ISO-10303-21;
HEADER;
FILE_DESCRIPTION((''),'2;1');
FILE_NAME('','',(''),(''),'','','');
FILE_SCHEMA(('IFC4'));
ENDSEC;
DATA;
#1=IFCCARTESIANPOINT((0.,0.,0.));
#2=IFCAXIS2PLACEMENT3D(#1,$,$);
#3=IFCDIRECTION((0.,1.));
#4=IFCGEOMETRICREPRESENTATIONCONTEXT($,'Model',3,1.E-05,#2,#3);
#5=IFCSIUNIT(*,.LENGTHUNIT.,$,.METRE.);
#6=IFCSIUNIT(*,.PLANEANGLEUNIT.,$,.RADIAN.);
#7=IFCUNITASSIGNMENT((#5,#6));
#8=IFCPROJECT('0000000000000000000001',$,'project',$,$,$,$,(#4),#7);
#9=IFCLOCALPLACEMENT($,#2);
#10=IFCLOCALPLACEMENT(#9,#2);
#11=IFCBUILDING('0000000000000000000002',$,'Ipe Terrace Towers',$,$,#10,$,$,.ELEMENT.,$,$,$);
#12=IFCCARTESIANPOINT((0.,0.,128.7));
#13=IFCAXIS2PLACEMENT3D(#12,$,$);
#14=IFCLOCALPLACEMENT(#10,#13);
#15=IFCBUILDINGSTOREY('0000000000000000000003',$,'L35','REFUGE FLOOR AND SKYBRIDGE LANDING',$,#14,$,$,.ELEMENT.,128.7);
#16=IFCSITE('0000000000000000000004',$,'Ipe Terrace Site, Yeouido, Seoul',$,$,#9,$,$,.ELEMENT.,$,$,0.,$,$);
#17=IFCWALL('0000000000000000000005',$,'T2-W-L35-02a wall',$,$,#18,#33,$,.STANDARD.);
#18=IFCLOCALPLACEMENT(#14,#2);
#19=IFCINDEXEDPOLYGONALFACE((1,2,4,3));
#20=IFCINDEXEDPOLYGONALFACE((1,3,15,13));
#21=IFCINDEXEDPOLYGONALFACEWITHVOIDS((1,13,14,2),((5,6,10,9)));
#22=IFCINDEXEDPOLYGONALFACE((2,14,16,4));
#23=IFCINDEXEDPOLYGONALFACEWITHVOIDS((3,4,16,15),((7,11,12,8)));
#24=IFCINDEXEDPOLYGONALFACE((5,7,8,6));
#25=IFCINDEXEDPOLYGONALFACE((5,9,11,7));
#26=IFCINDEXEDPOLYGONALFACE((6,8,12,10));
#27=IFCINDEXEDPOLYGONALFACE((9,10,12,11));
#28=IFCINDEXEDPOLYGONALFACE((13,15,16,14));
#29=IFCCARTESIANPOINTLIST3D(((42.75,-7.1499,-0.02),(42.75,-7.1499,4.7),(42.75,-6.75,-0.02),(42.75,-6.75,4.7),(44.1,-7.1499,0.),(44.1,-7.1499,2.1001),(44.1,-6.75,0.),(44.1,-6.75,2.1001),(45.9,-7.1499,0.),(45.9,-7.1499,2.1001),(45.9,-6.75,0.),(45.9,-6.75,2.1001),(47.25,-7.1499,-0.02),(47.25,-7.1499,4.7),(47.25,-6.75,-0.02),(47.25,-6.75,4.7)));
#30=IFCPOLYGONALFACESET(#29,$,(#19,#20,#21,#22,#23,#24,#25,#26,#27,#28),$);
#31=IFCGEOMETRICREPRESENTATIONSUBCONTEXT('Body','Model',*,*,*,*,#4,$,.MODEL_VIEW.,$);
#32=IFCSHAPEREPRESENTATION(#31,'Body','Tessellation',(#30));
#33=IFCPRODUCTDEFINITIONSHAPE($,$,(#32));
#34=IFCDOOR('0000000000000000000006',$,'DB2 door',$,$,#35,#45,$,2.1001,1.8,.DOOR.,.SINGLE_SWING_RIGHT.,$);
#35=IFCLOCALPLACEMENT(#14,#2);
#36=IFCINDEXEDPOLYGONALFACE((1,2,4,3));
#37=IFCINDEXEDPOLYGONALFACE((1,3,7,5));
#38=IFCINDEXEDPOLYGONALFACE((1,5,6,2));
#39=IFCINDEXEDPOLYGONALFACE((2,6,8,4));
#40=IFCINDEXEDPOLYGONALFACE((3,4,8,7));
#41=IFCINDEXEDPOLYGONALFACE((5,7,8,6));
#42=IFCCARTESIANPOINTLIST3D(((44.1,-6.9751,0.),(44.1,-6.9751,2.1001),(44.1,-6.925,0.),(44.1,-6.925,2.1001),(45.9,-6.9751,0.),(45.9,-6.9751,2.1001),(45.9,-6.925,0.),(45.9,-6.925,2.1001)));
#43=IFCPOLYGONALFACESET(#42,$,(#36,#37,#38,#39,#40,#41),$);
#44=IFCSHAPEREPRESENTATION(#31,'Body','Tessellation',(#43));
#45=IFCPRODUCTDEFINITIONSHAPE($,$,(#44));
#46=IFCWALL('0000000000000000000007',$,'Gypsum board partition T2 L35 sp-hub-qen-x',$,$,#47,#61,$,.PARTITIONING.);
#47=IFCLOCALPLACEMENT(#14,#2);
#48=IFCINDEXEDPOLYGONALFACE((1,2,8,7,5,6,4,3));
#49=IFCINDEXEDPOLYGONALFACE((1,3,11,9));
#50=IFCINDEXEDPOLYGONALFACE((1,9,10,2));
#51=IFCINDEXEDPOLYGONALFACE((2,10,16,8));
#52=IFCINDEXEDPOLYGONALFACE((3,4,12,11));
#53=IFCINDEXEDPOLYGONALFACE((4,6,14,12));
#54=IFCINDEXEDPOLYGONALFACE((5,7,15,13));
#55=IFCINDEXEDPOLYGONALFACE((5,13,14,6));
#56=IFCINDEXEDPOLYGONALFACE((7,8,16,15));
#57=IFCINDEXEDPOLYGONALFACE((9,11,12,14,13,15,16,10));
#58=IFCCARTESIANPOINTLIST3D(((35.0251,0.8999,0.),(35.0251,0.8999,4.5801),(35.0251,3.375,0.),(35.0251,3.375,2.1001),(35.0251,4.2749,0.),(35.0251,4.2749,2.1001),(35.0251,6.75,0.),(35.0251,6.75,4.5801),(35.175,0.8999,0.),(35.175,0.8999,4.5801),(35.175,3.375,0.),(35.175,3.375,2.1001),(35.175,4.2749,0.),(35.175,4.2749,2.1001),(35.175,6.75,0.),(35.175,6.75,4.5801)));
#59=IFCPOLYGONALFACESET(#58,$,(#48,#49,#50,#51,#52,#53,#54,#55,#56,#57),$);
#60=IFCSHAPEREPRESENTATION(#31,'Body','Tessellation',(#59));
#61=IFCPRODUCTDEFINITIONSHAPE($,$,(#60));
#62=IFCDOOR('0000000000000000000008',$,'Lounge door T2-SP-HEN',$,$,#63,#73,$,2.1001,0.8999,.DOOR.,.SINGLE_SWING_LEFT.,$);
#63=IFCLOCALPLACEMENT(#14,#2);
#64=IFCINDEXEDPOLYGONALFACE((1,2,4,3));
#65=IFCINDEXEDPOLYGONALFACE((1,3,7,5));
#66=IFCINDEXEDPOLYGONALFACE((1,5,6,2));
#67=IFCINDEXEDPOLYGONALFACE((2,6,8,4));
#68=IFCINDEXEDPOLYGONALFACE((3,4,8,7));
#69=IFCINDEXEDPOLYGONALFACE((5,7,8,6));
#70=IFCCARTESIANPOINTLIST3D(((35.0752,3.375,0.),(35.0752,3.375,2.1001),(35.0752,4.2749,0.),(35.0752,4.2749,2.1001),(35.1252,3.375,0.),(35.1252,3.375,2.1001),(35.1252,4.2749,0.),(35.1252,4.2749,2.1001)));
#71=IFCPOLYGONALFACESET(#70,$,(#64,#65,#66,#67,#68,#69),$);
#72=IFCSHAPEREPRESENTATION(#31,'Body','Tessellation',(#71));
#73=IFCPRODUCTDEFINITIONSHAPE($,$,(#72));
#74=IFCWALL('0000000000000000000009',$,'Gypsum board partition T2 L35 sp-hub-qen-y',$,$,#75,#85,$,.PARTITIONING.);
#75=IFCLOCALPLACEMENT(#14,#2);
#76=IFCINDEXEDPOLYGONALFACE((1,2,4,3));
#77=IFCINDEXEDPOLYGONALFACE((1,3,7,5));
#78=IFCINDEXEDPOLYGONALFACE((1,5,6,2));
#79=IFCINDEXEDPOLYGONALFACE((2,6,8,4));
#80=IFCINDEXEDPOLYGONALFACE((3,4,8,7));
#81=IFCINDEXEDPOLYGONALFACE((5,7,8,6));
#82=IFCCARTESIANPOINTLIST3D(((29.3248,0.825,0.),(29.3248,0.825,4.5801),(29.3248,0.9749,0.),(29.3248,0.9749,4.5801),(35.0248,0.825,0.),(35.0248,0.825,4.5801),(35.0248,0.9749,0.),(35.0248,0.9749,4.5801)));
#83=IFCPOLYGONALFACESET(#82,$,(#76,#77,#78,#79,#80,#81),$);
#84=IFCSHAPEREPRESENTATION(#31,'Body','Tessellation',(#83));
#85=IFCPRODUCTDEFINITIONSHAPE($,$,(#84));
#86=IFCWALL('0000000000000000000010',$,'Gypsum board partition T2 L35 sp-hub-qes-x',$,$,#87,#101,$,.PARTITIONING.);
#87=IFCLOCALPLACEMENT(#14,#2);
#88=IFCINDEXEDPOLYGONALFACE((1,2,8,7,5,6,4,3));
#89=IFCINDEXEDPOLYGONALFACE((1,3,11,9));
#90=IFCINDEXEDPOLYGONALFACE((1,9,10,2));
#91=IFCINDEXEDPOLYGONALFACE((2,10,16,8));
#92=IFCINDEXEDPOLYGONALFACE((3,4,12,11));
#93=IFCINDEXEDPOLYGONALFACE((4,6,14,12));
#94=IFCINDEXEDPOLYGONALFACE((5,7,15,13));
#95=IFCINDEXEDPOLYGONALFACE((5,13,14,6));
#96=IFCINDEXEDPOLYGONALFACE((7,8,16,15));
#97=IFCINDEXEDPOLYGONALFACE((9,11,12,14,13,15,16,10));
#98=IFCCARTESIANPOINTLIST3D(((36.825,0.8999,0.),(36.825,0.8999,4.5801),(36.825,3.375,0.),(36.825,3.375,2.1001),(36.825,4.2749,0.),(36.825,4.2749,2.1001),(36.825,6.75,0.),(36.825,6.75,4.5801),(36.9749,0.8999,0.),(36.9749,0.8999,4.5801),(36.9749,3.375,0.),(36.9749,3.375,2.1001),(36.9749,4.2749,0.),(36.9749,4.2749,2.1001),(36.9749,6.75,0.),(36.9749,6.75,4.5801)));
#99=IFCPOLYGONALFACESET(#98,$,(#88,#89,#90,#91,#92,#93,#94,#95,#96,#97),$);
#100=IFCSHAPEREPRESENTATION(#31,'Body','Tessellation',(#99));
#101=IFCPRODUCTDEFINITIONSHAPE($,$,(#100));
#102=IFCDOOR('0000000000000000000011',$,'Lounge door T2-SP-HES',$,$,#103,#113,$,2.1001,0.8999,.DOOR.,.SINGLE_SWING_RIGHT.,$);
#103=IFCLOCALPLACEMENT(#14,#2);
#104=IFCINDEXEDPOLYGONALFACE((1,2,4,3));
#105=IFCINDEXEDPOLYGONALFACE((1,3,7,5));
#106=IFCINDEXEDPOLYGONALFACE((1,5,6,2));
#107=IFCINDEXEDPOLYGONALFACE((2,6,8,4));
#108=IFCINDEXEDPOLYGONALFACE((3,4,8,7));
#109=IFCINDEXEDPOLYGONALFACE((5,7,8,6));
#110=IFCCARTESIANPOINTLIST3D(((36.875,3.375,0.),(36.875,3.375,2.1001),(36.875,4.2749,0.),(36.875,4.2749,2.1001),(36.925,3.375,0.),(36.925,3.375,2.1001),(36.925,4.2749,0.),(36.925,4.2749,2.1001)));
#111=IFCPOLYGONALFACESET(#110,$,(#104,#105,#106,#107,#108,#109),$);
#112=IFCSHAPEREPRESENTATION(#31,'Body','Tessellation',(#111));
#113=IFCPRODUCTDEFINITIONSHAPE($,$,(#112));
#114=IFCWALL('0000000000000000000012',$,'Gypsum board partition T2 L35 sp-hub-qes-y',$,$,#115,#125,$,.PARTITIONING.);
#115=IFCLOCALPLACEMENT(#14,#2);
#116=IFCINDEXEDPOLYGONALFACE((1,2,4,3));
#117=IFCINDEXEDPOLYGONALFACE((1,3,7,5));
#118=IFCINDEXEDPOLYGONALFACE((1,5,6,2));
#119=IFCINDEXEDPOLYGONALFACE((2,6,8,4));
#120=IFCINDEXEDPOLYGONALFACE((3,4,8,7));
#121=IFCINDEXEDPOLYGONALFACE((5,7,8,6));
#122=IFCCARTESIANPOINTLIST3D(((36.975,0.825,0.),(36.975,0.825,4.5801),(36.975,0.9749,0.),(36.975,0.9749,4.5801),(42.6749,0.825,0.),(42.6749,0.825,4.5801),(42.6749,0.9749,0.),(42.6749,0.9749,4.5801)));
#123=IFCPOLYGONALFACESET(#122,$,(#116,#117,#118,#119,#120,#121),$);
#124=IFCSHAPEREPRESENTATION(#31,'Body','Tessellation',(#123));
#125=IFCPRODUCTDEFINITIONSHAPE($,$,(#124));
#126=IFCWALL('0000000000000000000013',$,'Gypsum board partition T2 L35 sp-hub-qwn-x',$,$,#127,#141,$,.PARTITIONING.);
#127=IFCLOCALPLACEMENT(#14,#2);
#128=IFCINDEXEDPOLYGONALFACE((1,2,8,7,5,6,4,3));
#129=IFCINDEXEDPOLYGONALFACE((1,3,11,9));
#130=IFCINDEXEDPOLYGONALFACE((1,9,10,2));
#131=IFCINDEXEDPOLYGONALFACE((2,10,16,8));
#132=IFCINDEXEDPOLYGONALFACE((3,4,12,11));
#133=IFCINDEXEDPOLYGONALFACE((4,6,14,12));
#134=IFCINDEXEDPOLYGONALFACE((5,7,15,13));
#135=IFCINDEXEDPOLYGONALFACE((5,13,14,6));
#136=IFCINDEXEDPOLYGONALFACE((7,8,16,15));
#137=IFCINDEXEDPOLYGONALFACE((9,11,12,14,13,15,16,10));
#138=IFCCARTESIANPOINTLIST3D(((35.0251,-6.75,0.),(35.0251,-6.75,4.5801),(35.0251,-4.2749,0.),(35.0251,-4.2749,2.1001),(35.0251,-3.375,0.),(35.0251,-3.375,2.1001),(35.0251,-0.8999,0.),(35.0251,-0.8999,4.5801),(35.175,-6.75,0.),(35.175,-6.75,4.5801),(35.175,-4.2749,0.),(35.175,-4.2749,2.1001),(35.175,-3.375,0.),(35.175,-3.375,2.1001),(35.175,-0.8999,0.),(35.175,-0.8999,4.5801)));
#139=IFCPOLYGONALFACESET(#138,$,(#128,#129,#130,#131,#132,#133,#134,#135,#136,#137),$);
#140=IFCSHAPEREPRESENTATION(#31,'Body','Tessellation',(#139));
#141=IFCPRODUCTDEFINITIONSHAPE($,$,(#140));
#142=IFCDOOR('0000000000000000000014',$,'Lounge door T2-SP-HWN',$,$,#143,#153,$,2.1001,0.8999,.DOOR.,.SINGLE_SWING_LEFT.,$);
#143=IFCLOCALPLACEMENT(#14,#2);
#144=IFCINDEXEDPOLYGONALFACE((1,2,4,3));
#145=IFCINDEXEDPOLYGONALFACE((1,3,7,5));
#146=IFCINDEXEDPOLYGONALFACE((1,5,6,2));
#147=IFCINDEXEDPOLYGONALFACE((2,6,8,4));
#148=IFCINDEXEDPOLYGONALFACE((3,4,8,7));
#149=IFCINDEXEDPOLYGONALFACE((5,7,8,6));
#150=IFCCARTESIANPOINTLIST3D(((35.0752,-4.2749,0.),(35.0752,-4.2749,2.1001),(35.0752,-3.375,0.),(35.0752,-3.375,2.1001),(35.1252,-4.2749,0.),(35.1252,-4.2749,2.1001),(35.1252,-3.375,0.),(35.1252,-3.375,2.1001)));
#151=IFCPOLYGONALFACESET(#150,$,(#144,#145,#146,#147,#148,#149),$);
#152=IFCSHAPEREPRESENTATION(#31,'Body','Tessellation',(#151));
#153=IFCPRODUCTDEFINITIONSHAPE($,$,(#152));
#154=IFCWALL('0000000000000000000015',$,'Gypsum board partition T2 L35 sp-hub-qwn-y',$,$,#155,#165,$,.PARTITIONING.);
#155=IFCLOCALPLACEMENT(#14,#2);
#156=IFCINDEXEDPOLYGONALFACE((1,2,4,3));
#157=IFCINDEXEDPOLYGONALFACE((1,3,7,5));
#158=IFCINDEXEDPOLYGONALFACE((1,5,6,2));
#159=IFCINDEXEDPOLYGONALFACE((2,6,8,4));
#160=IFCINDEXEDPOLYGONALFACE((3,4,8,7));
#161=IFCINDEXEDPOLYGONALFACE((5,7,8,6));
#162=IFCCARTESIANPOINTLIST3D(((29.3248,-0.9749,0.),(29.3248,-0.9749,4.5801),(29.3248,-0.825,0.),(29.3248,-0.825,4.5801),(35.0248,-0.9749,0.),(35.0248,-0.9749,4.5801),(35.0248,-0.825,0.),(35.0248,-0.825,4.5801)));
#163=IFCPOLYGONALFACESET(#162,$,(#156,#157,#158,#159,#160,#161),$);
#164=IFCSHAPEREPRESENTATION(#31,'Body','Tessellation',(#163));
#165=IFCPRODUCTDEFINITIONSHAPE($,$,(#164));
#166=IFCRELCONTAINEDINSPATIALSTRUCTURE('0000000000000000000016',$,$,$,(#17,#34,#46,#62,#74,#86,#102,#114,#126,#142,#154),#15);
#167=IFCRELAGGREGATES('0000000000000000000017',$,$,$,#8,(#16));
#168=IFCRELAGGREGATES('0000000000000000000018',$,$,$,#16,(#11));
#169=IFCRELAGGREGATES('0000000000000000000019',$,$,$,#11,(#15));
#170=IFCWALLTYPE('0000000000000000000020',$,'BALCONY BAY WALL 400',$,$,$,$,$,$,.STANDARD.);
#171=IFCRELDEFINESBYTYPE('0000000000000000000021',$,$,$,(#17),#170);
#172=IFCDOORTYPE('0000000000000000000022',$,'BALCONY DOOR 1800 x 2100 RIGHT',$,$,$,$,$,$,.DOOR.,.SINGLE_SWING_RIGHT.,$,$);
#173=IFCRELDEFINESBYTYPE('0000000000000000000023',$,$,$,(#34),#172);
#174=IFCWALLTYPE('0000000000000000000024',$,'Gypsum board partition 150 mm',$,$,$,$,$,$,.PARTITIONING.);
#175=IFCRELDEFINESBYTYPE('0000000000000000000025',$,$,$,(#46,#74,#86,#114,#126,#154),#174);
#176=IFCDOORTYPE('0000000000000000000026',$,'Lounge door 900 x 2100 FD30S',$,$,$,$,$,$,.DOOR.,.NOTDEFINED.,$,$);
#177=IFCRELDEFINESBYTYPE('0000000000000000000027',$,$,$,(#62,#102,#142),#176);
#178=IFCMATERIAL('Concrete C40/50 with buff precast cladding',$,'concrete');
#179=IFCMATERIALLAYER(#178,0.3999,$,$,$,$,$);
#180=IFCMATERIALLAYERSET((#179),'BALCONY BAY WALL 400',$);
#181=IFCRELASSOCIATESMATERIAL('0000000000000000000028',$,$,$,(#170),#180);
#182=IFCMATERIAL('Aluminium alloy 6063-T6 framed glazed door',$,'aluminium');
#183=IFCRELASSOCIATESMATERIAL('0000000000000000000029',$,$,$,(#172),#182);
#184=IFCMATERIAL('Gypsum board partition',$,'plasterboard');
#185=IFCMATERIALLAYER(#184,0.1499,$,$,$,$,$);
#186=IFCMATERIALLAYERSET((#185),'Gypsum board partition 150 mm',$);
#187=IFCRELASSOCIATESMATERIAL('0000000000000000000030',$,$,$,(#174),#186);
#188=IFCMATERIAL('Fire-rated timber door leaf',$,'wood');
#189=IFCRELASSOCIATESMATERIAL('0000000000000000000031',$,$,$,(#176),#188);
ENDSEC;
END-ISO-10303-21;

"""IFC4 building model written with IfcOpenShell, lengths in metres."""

from ifc_helpers import new_model, si_unit, direction, frame, frame_2d, origin, place, context, subcontext, project, spatial, rectangle, extrude, material, layer, layer_set, type_object, element, fill, save


model = new_model("IFC4")

# Units and contexts
model_context = context("Model", 3, precision=1e-05, world=origin(), true_north=direction((0.0, 1.0)))
body_context = subcontext(model_context, "Body", "Model", "MODEL_VIEW")
ifc_project = project(units=[si_unit("LENGTHUNIT", "METRE"), si_unit("PLANEANGLEUNIT", "RADIAN")], contexts=[model_context])

# Site, building, storey
site_placement = place(None, origin())
site = spatial("IfcSite", under=ifc_project, at=site_placement, Name="Ipe Terrace Site, Yeouido, Seoul", CompositionType="ELEMENT", RefElevation=0.0)
building_placement = place(site_placement, origin())
building = spatial("IfcBuilding", under=site, at=building_placement, Name="Ipe Terrace Towers", CompositionType="ELEMENT")
storey_placement = place(building_placement, frame((0.0, 0.0, 128.7)))
storey = spatial("IfcBuildingStorey", under=building, at=storey_placement, Name="L35", Description="REFUGE FLOOR AND SKYBRIDGE LANDING", CompositionType="ELEMENT", Elevation=128.7)

# Walls, openings, doors
ifc_material_1 = material(Name="Concrete C40/50 with buff precast cladding", Category="concrete")
ifc_layer_1 = layer(ifc_material_1, 0.3999)
ifc_layer_set_1 = layer_set([ifc_layer_1], Name="BALCONY BAY WALL 400")
wall_type_1 = type_object("IfcWallType", Name="BALCONY BAY WALL 400", PredefinedType="STANDARD", material=ifc_layer_set_1)
wall_1_placement = place(storey_placement, frame((42.75, -6.95, -0.02), z_axis=(0.0, 0.0, 1.0), x_axis=(1.0, 0.0, 0.0)))
wall_1 = element("IfcWall", 1, at=wall_1_placement, inside=storey, type_object=wall_type_1, Name="T2-W-L35-02a wall", PredefinedType="STANDARD", context=body_context, shape_type="SweptSolid", body=[
    extrude(rectangle(XDim=4.5, YDim=0.3999, at=frame_2d((2.25, 0.0))), origin(), (0.0, 0.0, 1.0), 4.72),
])
opening_1_placement = place(wall_1_placement, frame((1.3501, 0.0, 0.02)))
opening_1 = element("IfcOpeningElement", 2, at=opening_1_placement, cuts=wall_1, PredefinedType="OPENING", context=body_context, shape_type="SweptSolid", body=[
    extrude(rectangle(XDim=1.8, YDim=2.1001, at=frame_2d((0.8999, 1.05))), frame((0.0, 0.21, 0.0), z_axis=(0.0, -1.0, 0.0), x_axis=(1.0, 0.0, 0.0)), (0.0, 0.0, 1.0), 0.4199),
])
ifc_material_2 = material(Name="Aluminium alloy 6063-T6 framed glazed door", Category="aluminium")
door_type_1 = type_object("IfcDoorType", Name="BALCONY DOOR 1800 x 2100 RIGHT", OperationType="SINGLE_SWING_RIGHT", PredefinedType="DOOR", material=ifc_material_2)
door_1_placement = place(opening_1_placement, origin())
door_1 = element("IfcDoor", 3, at=door_1_placement, inside=storey, type_object=door_type_1, Name="DB2 door", OperationType="SINGLE_SWING_RIGHT", OverallHeight=2.1001, OverallWidth=1.8, PredefinedType="DOOR", context=body_context, shape_type="SweptSolid", body=[
    extrude(rectangle(XDim=1.8, YDim=2.1001, at=frame_2d((0.8999, 1.05))), frame((0.0, 0.0249, 0.0), z_axis=(0.0, -1.0, 0.0), x_axis=(1.0, 0.0, 0.0)), (0.0, 0.0, 1.0), 0.05),
])
fill(opening_1, door_1)
ifc_material_3 = material(Name="Gypsum board partition", Category="plasterboard")
ifc_layer_2 = layer(ifc_material_3, 0.1499)
ifc_layer_set_2 = layer_set([ifc_layer_2], Name="Gypsum board partition 150 mm")
wall_type_2 = type_object("IfcWallType", Name="Gypsum board partition 150 mm", PredefinedType="PARTITIONING", material=ifc_layer_set_2)
wall_2_placement = place(storey_placement, frame((35.1001, 0.8999, 0.0), z_axis=(0.0, 0.0, 1.0), x_axis=(0.0, 1.0, 0.0)))
wall_2 = element("IfcWall", 4, at=wall_2_placement, inside=storey, type_object=wall_type_2, Name="Gypsum board partition T2 L35 sp-hub-qen-x", PredefinedType="PARTITIONING", context=body_context, shape_type="SweptSolid", body=[
    extrude(rectangle(XDim=5.8501, YDim=0.1499, at=frame_2d((2.925, 0.0))), origin(), (0.0, 0.0, 1.0), 4.5801),
])
opening_2_placement = place(wall_2_placement, frame((2.4751, 0.0, 0.0)))
opening_2 = element("IfcOpeningElement", 5, at=opening_2_placement, cuts=wall_2, PredefinedType="OPENING", context=body_context, shape_type="SweptSolid", body=[
    extrude(rectangle(XDim=0.8999, YDim=2.1001, at=frame_2d((0.45, 1.05))), frame((0.0, 0.085, 0.0), z_axis=(0.0, -1.0, 0.0), x_axis=(1.0, 0.0, 0.0)), (0.0, 0.0, 1.0), 0.1699),
])
ifc_material_4 = material(Name="Fire-rated timber door leaf", Category="wood")
door_type_2 = type_object("IfcDoorType", Name="Lounge door 900 x 2100 FD30S", OperationType="NOTDEFINED", PredefinedType="DOOR", material=ifc_material_4)
door_2_placement = place(opening_2_placement, origin())
door_2 = element("IfcDoor", 6, at=door_2_placement, inside=storey, type_object=door_type_2, Name="Lounge door T2-SP-HEN", OperationType="SINGLE_SWING_LEFT", OverallHeight=2.1001, OverallWidth=0.8999, PredefinedType="DOOR", context=body_context, shape_type="SweptSolid", body=[
    extrude(rectangle(XDim=0.8999, YDim=2.1001, at=frame_2d((0.45, 1.05))), frame((0.0, 0.0249, 0.0), z_axis=(0.0, -1.0, 0.0), x_axis=(1.0, 0.0, 0.0)), (0.0, 0.0, 1.0), 0.05),
])
fill(opening_2, door_2)

# Wall
wall_3_placement = place(storey_placement, frame((35.0249, 0.8999, 0.0), z_axis=(0.0, 0.0, 1.0), x_axis=(-1.0, 0.0, 0.0)))
element("IfcWall", 7, at=wall_3_placement, inside=storey, type_object=wall_type_2, Name="Gypsum board partition T2 L35 sp-hub-qen-y", PredefinedType="PARTITIONING", context=body_context, shape_type="SweptSolid", body=[
    extrude(rectangle(XDim=5.7, YDim=0.1499, at=frame_2d((2.8501, 0.0))), origin(), (0.0, 0.0, 1.0), 4.5801),
])

# Wall, opening, door
wall_4_placement = place(storey_placement, frame((36.8999, 0.8999, 0.0), z_axis=(0.0, 0.0, 1.0), x_axis=(0.0, 1.0, 0.0)))
wall_4 = element("IfcWall", 8, at=wall_4_placement, inside=storey, type_object=wall_type_2, Name="Gypsum board partition T2 L35 sp-hub-qes-x", PredefinedType="PARTITIONING", context=body_context, shape_type="SweptSolid", body=[
    extrude(rectangle(XDim=5.8501, YDim=0.1499, at=frame_2d((2.925, 0.0))), origin(), (0.0, 0.0, 1.0), 4.5801),
])
opening_3_placement = place(wall_4_placement, frame((2.4751, 0.0, 0.0)))
opening_3 = element("IfcOpeningElement", 9, at=opening_3_placement, cuts=wall_4, PredefinedType="OPENING", context=body_context, shape_type="SweptSolid", body=[
    extrude(rectangle(XDim=0.8999, YDim=2.1001, at=frame_2d((0.45, 1.05))), frame((0.0, 0.085, 0.0), z_axis=(0.0, -1.0, 0.0), x_axis=(1.0, 0.0, 0.0)), (0.0, 0.0, 1.0), 0.1699),
])
door_3_placement = place(opening_3_placement, origin())
door_3 = element("IfcDoor", 10, at=door_3_placement, inside=storey, type_object=door_type_2, Name="Lounge door T2-SP-HES", OperationType="SINGLE_SWING_RIGHT", OverallHeight=2.1001, OverallWidth=0.8999, PredefinedType="DOOR", context=body_context, shape_type="SweptSolid", body=[
    extrude(rectangle(XDim=0.8999, YDim=2.1001, at=frame_2d((0.45, 1.05))), frame((0.0, 0.0249, 0.0), z_axis=(0.0, -1.0, 0.0), x_axis=(1.0, 0.0, 0.0)), (0.0, 0.0, 1.0), 0.05),
])
fill(opening_3, door_3)

# Wall
wall_5_placement = place(storey_placement, frame((42.675, 0.8999, 0.0), z_axis=(0.0, 0.0, 1.0), x_axis=(-1.0, 0.0, 0.0)))
element("IfcWall", 11, at=wall_5_placement, inside=storey, type_object=wall_type_2, Name="Gypsum board partition T2 L35 sp-hub-qes-y", PredefinedType="PARTITIONING", context=body_context, shape_type="SweptSolid", body=[
    extrude(rectangle(XDim=5.7, YDim=0.1499, at=frame_2d((2.8501, 0.0))), origin(), (0.0, 0.0, 1.0), 4.5801),
])

# Wall, opening, door
wall_6_placement = place(storey_placement, frame((35.1001, -6.75, 0.0), z_axis=(0.0, 0.0, 1.0), x_axis=(0.0, 1.0, 0.0)))
wall_6 = element("IfcWall", 12, at=wall_6_placement, inside=storey, type_object=wall_type_2, Name="Gypsum board partition T2 L35 sp-hub-qwn-x", PredefinedType="PARTITIONING", context=body_context, shape_type="SweptSolid", body=[
    extrude(rectangle(XDim=5.8501, YDim=0.1499, at=frame_2d((2.925, 0.0))), origin(), (0.0, 0.0, 1.0), 4.5801),
])
opening_4_placement = place(wall_6_placement, frame((2.4751, 0.0, 0.0)))
opening_4 = element("IfcOpeningElement", 13, at=opening_4_placement, cuts=wall_6, PredefinedType="OPENING", context=body_context, shape_type="SweptSolid", body=[
    extrude(rectangle(XDim=0.8999, YDim=2.1001, at=frame_2d((0.45, 1.05))), frame((0.0, 0.085, 0.0), z_axis=(0.0, -1.0, 0.0), x_axis=(1.0, 0.0, 0.0)), (0.0, 0.0, 1.0), 0.1699),
])
door_4_placement = place(opening_4_placement, origin())
door_4 = element("IfcDoor", 14, at=door_4_placement, inside=storey, type_object=door_type_2, Name="Lounge door T2-SP-HWN", OperationType="SINGLE_SWING_LEFT", OverallHeight=2.1001, OverallWidth=0.8999, PredefinedType="DOOR", context=body_context, shape_type="SweptSolid", body=[
    extrude(rectangle(XDim=0.8999, YDim=2.1001, at=frame_2d((0.45, 1.05))), frame((0.0, 0.0249, 0.0), z_axis=(0.0, -1.0, 0.0), x_axis=(1.0, 0.0, 0.0)), (0.0, 0.0, 1.0), 0.05),
])
fill(opening_4, door_4)

# Wall
wall_7_placement = place(storey_placement, frame((35.0249, -0.8999, 0.0), z_axis=(0.0, 0.0, 1.0), x_axis=(-1.0, 0.0, 0.0)))
element("IfcWall", 15, at=wall_7_placement, inside=storey, type_object=wall_type_2, Name="Gypsum board partition T2 L35 sp-hub-qwn-y", PredefinedType="PARTITIONING", context=body_context, shape_type="SweptSolid", body=[
    extrude(rectangle(XDim=5.7, YDim=0.1499, at=frame_2d((2.8501, 0.0))), origin(), (0.0, 0.0, 1.0), 4.5801),
])

save(model, "model.ifc")
